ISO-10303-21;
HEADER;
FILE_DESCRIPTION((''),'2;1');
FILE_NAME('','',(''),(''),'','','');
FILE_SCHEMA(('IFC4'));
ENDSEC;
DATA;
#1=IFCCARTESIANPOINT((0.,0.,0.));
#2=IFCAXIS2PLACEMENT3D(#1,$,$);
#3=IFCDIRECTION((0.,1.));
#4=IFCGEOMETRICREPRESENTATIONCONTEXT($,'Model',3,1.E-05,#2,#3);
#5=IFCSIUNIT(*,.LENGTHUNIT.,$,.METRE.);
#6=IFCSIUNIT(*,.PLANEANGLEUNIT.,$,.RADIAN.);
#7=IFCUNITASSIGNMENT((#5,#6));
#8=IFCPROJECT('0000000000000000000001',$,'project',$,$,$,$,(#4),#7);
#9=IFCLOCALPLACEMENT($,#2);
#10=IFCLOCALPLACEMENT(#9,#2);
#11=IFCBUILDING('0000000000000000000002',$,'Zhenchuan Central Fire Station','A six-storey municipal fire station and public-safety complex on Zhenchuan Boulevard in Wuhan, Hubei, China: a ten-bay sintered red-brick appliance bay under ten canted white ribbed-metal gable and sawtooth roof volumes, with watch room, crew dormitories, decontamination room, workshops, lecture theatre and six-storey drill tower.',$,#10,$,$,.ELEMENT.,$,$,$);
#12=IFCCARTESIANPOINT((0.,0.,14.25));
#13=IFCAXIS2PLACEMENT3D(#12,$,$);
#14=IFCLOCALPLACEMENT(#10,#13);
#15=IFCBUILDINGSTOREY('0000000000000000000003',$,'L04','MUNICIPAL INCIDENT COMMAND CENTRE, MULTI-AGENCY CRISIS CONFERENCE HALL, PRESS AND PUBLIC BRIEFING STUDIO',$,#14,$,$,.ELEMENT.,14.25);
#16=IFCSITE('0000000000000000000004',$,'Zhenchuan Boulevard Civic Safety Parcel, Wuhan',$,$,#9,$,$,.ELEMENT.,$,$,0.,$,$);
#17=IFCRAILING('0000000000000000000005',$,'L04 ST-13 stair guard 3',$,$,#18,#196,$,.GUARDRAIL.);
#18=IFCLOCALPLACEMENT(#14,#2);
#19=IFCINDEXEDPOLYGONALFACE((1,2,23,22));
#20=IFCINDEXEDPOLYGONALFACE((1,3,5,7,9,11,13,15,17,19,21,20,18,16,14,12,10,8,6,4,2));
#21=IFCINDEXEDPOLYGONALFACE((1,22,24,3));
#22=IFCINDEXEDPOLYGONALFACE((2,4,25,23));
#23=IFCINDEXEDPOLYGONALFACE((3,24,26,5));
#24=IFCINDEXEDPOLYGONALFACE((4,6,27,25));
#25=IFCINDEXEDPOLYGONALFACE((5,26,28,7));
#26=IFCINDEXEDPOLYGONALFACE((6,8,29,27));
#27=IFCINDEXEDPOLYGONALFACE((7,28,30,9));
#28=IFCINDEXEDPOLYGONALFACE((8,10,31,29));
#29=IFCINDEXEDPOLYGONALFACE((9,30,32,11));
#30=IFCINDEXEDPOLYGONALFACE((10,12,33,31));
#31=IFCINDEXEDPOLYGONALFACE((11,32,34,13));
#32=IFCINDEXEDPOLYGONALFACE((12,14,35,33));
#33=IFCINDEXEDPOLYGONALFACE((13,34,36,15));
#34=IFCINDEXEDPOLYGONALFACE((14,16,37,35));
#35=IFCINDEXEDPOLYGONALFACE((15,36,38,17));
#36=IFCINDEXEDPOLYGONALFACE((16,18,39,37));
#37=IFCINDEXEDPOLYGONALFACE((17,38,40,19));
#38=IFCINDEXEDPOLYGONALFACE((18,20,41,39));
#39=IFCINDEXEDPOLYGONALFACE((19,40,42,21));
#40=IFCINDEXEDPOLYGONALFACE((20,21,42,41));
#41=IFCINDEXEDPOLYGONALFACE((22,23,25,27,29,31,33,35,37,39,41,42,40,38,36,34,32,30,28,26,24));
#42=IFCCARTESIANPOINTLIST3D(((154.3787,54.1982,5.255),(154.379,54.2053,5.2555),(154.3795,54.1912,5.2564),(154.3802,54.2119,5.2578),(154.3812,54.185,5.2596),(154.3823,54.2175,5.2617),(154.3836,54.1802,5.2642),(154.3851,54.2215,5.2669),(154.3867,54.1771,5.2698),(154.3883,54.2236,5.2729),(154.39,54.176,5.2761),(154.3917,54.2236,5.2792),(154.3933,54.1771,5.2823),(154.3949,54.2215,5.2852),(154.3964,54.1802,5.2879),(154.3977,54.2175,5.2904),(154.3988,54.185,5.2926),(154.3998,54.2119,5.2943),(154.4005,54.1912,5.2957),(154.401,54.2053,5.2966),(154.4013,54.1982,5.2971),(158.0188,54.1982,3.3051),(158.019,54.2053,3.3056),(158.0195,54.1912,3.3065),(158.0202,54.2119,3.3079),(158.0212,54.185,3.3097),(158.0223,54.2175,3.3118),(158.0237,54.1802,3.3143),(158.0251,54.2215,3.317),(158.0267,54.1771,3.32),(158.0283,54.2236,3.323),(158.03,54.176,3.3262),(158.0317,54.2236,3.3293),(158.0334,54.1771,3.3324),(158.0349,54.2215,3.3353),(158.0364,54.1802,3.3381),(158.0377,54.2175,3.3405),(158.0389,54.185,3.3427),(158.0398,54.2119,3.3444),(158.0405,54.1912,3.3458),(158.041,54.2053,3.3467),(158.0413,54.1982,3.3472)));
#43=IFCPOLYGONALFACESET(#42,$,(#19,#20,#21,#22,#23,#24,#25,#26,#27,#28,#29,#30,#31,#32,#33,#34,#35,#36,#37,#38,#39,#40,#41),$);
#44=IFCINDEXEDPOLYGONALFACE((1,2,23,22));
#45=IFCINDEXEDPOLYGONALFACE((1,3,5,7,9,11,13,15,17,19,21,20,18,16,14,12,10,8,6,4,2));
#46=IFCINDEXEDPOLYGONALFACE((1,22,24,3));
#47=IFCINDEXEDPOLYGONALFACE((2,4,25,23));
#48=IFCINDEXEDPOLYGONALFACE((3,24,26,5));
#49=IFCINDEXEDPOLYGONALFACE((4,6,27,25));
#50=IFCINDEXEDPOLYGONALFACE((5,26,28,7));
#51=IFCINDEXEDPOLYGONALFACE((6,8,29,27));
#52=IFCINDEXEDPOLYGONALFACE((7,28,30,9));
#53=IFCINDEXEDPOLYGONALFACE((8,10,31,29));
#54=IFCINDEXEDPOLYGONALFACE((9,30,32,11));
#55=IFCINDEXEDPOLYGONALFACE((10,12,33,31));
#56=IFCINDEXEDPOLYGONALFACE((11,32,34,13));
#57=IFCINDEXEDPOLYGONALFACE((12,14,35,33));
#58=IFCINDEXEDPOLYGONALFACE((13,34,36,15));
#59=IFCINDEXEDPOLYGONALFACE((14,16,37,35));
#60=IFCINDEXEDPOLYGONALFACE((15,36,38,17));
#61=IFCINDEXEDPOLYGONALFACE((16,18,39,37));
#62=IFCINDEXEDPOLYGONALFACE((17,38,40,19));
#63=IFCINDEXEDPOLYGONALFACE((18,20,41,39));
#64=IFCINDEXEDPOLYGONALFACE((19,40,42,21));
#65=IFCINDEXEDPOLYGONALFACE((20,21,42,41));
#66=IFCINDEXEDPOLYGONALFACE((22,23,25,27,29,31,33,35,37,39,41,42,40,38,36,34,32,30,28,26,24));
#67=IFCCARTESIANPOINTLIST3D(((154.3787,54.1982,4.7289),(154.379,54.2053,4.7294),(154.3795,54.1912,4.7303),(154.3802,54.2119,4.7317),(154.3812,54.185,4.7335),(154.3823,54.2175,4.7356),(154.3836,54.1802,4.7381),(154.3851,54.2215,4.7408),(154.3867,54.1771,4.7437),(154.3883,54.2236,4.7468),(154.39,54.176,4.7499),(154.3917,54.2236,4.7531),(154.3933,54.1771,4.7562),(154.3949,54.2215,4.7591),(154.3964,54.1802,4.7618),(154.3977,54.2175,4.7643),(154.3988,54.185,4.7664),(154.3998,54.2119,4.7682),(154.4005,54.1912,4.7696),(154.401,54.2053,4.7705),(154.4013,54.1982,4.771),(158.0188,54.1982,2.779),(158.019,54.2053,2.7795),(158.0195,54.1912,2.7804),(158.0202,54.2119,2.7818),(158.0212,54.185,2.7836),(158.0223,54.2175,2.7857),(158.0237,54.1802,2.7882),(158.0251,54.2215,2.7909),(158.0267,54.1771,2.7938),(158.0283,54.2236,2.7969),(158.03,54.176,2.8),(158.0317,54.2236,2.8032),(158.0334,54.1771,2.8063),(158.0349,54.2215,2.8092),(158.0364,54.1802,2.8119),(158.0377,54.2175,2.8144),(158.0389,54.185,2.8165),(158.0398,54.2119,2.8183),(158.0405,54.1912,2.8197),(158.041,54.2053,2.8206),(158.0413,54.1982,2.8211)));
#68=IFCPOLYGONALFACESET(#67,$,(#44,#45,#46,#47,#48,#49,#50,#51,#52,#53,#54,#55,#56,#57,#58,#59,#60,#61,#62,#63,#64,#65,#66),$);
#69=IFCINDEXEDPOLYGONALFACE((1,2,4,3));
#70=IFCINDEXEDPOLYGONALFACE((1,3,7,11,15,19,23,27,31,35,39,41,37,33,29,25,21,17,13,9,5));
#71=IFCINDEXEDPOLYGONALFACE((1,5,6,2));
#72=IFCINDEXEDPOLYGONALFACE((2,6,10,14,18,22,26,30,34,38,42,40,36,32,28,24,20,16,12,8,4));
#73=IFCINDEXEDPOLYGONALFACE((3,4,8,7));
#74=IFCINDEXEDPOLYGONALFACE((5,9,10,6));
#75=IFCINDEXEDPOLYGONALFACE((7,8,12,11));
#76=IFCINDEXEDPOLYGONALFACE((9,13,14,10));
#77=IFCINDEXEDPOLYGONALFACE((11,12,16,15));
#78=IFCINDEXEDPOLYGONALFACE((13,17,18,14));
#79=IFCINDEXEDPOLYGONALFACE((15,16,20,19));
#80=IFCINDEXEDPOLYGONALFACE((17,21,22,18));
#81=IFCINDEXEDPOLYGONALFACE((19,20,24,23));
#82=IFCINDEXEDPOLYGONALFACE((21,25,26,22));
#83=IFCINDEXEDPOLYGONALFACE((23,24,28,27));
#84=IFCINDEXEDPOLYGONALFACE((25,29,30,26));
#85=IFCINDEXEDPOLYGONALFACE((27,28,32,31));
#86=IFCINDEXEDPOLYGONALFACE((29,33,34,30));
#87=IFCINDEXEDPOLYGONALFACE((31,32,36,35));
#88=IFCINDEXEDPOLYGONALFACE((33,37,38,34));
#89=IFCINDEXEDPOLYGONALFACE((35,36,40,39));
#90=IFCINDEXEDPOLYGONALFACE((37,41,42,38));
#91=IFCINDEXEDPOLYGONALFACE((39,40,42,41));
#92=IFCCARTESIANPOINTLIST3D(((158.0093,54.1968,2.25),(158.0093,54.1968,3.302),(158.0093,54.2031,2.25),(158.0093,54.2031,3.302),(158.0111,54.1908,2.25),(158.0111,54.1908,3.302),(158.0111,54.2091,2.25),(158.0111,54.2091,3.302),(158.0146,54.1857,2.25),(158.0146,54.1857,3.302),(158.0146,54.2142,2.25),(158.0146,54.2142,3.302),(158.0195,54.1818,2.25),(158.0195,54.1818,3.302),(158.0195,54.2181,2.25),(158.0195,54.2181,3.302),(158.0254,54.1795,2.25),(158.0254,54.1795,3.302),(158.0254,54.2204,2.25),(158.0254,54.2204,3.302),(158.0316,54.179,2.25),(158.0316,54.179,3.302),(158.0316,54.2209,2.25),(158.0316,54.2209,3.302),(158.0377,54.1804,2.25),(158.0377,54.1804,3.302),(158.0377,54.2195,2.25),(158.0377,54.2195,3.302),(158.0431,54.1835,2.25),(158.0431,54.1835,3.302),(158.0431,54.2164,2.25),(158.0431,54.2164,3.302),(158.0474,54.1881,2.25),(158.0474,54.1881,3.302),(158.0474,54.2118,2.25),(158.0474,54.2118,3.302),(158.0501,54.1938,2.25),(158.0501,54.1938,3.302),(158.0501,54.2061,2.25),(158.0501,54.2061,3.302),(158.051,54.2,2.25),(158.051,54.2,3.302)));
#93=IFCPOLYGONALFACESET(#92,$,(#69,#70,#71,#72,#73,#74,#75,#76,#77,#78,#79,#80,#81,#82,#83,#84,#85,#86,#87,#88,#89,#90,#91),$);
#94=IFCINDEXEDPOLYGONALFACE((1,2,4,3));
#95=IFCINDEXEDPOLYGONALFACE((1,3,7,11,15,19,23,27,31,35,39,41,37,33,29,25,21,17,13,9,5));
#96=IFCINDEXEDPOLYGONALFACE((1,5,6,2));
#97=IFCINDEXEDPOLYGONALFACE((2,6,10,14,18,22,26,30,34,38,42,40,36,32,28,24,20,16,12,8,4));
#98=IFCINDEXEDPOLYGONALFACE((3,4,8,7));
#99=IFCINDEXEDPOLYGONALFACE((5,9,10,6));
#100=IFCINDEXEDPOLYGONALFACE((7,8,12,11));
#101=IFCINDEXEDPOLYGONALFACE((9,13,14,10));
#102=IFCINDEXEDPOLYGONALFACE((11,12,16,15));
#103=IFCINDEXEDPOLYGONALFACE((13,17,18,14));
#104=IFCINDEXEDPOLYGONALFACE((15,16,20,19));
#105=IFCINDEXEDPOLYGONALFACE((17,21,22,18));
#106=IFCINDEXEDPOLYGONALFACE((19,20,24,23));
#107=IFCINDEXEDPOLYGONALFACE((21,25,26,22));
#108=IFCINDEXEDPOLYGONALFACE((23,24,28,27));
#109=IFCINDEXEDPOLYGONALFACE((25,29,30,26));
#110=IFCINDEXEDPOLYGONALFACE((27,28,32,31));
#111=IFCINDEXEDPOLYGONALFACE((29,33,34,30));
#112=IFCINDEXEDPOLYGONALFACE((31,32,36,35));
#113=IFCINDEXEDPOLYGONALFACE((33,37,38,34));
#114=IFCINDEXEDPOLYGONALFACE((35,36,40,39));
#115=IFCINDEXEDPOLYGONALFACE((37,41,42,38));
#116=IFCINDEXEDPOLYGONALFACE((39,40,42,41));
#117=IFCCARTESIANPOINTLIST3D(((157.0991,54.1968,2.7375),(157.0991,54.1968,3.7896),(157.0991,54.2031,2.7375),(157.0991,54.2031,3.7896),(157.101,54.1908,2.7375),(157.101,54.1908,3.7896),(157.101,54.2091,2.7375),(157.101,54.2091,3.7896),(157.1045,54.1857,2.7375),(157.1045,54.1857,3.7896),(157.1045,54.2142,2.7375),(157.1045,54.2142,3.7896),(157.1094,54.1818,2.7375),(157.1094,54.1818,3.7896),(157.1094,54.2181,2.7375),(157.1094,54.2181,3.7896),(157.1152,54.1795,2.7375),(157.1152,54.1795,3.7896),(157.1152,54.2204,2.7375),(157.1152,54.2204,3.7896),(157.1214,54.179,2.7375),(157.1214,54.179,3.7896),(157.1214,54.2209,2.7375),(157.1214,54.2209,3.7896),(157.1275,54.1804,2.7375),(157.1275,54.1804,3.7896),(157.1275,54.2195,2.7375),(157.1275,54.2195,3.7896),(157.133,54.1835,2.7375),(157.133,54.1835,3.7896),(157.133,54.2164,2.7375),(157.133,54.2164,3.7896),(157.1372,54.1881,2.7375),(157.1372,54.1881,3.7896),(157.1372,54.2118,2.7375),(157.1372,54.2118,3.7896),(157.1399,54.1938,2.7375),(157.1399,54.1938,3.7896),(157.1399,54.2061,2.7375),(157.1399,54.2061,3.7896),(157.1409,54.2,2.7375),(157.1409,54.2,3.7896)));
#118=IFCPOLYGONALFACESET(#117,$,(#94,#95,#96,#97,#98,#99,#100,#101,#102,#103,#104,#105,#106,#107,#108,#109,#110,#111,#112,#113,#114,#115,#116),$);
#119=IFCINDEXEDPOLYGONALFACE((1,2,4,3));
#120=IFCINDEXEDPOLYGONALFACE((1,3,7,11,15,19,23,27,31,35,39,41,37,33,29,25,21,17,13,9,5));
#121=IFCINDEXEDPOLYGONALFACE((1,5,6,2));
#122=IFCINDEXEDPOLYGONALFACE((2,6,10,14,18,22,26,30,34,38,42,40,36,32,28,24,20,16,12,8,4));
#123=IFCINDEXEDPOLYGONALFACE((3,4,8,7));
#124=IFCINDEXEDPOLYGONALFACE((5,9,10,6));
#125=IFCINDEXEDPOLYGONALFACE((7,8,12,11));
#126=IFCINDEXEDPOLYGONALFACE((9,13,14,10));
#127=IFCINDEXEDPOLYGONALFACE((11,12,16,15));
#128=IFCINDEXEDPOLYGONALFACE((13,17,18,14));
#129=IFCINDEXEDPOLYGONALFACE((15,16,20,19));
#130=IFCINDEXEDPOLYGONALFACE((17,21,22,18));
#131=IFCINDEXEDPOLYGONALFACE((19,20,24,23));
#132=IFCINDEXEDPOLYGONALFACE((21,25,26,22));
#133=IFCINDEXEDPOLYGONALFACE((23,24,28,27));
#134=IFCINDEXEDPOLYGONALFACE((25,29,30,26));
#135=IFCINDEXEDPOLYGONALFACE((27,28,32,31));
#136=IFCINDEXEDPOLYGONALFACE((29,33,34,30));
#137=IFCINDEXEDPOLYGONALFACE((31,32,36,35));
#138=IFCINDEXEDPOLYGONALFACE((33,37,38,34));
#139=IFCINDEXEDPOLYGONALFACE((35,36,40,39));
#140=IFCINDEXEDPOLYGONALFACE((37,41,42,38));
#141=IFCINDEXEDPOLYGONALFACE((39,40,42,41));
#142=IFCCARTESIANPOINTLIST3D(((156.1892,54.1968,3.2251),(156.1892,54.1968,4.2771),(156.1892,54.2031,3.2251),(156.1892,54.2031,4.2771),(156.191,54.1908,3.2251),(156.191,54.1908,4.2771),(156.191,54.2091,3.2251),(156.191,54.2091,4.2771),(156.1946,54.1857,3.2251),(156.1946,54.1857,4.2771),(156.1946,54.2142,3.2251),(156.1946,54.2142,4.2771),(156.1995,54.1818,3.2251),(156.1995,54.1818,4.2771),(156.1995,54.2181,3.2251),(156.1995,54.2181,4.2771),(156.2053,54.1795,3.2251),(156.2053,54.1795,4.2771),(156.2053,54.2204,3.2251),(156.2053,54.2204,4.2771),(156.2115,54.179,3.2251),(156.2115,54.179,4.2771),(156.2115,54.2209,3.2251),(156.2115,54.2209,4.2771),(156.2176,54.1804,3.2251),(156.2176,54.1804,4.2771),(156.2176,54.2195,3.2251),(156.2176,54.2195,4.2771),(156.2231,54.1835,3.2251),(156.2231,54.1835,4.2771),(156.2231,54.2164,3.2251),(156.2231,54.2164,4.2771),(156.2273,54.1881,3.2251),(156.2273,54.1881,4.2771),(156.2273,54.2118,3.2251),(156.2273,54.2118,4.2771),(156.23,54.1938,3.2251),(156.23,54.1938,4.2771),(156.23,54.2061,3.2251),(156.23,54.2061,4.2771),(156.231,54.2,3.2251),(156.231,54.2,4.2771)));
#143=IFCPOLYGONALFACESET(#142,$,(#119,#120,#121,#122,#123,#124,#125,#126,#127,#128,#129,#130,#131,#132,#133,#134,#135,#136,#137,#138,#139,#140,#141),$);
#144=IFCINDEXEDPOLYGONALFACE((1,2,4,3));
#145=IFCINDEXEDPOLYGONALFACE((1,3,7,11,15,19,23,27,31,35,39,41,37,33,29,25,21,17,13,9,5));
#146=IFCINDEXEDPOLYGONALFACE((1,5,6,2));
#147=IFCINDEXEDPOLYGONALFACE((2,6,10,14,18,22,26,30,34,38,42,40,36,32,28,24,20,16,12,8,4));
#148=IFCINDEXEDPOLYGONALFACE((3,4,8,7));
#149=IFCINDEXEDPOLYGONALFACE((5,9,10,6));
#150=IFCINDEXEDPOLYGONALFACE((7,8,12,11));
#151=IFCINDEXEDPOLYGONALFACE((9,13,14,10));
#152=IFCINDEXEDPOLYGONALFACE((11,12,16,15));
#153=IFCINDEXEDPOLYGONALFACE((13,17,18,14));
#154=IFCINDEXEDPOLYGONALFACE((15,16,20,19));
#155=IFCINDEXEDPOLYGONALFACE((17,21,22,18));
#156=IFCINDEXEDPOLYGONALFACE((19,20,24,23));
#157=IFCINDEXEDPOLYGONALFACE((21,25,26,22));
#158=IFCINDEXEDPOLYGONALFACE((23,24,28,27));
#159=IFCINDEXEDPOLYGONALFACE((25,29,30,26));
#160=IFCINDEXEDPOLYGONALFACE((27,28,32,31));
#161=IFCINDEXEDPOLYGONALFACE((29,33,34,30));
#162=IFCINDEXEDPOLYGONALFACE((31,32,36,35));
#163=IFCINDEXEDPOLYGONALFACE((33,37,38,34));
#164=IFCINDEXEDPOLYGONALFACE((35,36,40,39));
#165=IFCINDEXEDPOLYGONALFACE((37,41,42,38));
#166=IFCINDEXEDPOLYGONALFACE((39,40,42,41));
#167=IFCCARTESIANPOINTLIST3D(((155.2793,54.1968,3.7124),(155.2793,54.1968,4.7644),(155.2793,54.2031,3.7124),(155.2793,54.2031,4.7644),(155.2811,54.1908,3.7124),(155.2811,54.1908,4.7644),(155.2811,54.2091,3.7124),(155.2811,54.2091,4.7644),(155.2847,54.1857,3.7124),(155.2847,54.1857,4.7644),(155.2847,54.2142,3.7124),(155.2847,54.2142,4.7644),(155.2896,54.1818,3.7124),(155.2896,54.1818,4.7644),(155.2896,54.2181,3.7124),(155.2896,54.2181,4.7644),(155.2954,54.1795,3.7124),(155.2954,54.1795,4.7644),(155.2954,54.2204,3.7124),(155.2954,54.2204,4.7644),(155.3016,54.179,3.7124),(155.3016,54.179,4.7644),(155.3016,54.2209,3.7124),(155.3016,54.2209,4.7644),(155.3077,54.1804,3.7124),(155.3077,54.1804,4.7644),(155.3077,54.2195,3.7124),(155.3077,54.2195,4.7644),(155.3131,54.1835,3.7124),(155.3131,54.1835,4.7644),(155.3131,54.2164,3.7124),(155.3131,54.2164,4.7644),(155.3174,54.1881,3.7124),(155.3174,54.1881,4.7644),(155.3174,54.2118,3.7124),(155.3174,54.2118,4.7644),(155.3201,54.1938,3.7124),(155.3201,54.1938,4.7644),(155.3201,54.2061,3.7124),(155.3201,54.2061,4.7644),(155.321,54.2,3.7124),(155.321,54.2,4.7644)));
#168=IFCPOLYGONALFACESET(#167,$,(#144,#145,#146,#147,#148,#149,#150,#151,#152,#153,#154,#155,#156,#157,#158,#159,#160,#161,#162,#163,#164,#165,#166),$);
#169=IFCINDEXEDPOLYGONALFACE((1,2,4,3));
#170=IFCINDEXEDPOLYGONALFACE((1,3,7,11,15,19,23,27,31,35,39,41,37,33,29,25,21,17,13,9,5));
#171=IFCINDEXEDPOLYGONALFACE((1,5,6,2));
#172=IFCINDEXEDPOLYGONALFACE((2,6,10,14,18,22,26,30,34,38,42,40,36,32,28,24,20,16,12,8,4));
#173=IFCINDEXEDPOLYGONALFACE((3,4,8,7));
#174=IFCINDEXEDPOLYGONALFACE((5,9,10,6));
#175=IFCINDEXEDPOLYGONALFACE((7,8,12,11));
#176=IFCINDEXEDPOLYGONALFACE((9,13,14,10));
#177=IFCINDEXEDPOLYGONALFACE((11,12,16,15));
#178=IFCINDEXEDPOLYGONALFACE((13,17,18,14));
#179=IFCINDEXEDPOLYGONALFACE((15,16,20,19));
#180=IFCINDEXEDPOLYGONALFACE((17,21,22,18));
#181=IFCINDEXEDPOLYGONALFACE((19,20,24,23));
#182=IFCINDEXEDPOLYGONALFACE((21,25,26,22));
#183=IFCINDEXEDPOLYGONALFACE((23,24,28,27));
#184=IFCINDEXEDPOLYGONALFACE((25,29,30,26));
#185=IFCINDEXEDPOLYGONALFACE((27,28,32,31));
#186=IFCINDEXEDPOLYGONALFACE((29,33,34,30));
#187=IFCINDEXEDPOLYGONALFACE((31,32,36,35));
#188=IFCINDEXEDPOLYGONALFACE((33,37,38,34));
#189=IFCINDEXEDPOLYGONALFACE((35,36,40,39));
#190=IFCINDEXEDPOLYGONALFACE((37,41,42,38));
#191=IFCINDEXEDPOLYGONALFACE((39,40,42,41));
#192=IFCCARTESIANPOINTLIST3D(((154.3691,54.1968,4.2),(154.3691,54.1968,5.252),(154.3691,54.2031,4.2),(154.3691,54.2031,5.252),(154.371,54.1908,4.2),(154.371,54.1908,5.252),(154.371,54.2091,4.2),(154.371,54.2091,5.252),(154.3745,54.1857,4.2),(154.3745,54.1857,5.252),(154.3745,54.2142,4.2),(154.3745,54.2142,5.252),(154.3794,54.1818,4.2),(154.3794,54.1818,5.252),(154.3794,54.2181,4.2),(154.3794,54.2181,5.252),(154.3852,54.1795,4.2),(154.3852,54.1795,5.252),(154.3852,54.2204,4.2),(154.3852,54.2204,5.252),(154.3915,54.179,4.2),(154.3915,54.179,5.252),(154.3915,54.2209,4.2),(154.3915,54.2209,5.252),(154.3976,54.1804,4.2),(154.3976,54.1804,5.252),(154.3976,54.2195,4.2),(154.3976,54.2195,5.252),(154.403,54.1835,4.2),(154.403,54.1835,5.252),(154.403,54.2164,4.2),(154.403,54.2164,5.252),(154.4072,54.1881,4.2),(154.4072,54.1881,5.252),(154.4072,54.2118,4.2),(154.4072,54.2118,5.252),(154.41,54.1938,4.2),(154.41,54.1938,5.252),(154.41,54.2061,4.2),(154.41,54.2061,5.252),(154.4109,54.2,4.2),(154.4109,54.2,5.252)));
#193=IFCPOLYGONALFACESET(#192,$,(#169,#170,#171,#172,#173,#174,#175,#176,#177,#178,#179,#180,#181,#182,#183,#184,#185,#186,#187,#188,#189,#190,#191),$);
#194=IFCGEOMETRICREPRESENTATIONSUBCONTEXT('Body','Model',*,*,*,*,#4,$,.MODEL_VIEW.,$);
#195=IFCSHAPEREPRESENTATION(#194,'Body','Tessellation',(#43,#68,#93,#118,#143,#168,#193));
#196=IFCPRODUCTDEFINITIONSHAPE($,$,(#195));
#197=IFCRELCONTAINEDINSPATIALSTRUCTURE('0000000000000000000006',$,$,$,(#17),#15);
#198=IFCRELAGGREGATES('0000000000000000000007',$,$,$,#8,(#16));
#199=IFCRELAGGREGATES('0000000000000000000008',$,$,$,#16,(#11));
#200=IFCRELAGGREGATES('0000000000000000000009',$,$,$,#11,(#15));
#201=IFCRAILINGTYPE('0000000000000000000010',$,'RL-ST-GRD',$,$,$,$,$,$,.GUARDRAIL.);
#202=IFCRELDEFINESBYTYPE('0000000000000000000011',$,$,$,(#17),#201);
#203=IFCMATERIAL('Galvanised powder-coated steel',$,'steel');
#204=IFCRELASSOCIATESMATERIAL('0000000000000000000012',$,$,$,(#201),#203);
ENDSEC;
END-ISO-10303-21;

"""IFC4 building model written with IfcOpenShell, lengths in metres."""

from ifc_helpers import new_model, si_unit, direction, frame, origin, origin_2d, place, context, subcontext, project, spatial, circle, extrude, material, type_object, element, save


model = new_model("IFC4")

# Units and contexts
model_context = context("Model", 3, precision=1e-05, world=origin(), true_north=direction((0.0, 1.0)))
body_context = subcontext(model_context, "Body", "Model", "MODEL_VIEW")
ifc_project = project(units=[si_unit("LENGTHUNIT", "METRE"), si_unit("PLANEANGLEUNIT", "RADIAN")], contexts=[model_context])

# Site, building, storey
site_placement = place(None, origin())
site = spatial("IfcSite", under=ifc_project, at=site_placement, Name="Zhenchuan Boulevard Civic Safety Parcel, Wuhan", CompositionType="ELEMENT", RefElevation=0.0)
building_placement = place(site_placement, origin())
building = spatial("IfcBuilding", under=site, at=building_placement, Name="Zhenchuan Central Fire Station", Description="A six-storey municipal fire station and public-safety complex on Zhenchuan Boulevard in Wuhan, Hubei, China: a ten-bay sintered red-brick appliance bay under ten canted white ribbed-metal gable and sawtooth roof volumes, with watch room, crew dormitories, decontamination room, workshops, lecture theatre and six-storey drill tower.", CompositionType="ELEMENT")
storey_placement = place(building_placement, frame((0.0, 0.0, 14.25)))
storey = spatial("IfcBuildingStorey", under=building, at=storey_placement, Name="L04", Description="MUNICIPAL INCIDENT COMMAND CENTRE, MULTI-AGENCY CRISIS CONFERENCE HALL, PRESS AND PUBLIC BRIEFING STUDIO", CompositionType="ELEMENT", Elevation=14.25)

# Railing
ifc_material_1 = material(Name="Galvanised powder-coated steel", Category="steel")
railing_type_1 = type_object("IfcRailingType", Name="RL-ST-GRD", PredefinedType="GUARDRAIL", material=ifc_material_1)
railing_1_placement = place(storey_placement, frame((158.03, 54.2, 2.25)))
element("IfcRailing", 1, at=railing_1_placement, inside=storey, type_object=railing_type_1, Name="L04 ST-13 stair guard 3", PredefinedType="GUARDRAIL", context=body_context, shape_type="SweptSolid", body=[
    extrude(circle(Radius=0.0239, at=origin_2d()), frame((0.0, 0.0, 1.0762), z_axis=(-0.881492, 0.0, 0.472198), x_axis=(0.0, -1.0, 0.0)), (0.0, 0.0, 1.0), 4.1294),
    extrude(circle(Radius=0.0239, at=origin_2d()), frame((0.0, 0.0, 0.55), z_axis=(-0.881492, 0.0, 0.472198), x_axis=(0.0, -1.0, 0.0)), (0.0, 0.0, 1.0), 4.1294),
    extrude(circle(Radius=0.021, at=origin_2d()), origin(), (0.0, 0.0, 1.0), 1.052),
    extrude(circle(Radius=0.021, at=origin_2d()), frame((-0.9102, 0.0, 0.4875)), (0.0, 0.0, 1.0), 1.052),
    extrude(circle(Radius=0.021, at=origin_2d()), frame((-1.8201, 0.0, 0.9751)), (0.0, 0.0, 1.0), 1.052),
    extrude(circle(Radius=0.021, at=origin_2d()), frame((-2.73, 0.0, 1.4624)), (0.0, 0.0, 1.0), 1.052),
    extrude(circle(Radius=0.021, at=origin_2d()), frame((-3.6401, 0.0, 1.95)), (0.0, 0.0, 1.0), 1.052),
])

save(model, "model.ifc")
